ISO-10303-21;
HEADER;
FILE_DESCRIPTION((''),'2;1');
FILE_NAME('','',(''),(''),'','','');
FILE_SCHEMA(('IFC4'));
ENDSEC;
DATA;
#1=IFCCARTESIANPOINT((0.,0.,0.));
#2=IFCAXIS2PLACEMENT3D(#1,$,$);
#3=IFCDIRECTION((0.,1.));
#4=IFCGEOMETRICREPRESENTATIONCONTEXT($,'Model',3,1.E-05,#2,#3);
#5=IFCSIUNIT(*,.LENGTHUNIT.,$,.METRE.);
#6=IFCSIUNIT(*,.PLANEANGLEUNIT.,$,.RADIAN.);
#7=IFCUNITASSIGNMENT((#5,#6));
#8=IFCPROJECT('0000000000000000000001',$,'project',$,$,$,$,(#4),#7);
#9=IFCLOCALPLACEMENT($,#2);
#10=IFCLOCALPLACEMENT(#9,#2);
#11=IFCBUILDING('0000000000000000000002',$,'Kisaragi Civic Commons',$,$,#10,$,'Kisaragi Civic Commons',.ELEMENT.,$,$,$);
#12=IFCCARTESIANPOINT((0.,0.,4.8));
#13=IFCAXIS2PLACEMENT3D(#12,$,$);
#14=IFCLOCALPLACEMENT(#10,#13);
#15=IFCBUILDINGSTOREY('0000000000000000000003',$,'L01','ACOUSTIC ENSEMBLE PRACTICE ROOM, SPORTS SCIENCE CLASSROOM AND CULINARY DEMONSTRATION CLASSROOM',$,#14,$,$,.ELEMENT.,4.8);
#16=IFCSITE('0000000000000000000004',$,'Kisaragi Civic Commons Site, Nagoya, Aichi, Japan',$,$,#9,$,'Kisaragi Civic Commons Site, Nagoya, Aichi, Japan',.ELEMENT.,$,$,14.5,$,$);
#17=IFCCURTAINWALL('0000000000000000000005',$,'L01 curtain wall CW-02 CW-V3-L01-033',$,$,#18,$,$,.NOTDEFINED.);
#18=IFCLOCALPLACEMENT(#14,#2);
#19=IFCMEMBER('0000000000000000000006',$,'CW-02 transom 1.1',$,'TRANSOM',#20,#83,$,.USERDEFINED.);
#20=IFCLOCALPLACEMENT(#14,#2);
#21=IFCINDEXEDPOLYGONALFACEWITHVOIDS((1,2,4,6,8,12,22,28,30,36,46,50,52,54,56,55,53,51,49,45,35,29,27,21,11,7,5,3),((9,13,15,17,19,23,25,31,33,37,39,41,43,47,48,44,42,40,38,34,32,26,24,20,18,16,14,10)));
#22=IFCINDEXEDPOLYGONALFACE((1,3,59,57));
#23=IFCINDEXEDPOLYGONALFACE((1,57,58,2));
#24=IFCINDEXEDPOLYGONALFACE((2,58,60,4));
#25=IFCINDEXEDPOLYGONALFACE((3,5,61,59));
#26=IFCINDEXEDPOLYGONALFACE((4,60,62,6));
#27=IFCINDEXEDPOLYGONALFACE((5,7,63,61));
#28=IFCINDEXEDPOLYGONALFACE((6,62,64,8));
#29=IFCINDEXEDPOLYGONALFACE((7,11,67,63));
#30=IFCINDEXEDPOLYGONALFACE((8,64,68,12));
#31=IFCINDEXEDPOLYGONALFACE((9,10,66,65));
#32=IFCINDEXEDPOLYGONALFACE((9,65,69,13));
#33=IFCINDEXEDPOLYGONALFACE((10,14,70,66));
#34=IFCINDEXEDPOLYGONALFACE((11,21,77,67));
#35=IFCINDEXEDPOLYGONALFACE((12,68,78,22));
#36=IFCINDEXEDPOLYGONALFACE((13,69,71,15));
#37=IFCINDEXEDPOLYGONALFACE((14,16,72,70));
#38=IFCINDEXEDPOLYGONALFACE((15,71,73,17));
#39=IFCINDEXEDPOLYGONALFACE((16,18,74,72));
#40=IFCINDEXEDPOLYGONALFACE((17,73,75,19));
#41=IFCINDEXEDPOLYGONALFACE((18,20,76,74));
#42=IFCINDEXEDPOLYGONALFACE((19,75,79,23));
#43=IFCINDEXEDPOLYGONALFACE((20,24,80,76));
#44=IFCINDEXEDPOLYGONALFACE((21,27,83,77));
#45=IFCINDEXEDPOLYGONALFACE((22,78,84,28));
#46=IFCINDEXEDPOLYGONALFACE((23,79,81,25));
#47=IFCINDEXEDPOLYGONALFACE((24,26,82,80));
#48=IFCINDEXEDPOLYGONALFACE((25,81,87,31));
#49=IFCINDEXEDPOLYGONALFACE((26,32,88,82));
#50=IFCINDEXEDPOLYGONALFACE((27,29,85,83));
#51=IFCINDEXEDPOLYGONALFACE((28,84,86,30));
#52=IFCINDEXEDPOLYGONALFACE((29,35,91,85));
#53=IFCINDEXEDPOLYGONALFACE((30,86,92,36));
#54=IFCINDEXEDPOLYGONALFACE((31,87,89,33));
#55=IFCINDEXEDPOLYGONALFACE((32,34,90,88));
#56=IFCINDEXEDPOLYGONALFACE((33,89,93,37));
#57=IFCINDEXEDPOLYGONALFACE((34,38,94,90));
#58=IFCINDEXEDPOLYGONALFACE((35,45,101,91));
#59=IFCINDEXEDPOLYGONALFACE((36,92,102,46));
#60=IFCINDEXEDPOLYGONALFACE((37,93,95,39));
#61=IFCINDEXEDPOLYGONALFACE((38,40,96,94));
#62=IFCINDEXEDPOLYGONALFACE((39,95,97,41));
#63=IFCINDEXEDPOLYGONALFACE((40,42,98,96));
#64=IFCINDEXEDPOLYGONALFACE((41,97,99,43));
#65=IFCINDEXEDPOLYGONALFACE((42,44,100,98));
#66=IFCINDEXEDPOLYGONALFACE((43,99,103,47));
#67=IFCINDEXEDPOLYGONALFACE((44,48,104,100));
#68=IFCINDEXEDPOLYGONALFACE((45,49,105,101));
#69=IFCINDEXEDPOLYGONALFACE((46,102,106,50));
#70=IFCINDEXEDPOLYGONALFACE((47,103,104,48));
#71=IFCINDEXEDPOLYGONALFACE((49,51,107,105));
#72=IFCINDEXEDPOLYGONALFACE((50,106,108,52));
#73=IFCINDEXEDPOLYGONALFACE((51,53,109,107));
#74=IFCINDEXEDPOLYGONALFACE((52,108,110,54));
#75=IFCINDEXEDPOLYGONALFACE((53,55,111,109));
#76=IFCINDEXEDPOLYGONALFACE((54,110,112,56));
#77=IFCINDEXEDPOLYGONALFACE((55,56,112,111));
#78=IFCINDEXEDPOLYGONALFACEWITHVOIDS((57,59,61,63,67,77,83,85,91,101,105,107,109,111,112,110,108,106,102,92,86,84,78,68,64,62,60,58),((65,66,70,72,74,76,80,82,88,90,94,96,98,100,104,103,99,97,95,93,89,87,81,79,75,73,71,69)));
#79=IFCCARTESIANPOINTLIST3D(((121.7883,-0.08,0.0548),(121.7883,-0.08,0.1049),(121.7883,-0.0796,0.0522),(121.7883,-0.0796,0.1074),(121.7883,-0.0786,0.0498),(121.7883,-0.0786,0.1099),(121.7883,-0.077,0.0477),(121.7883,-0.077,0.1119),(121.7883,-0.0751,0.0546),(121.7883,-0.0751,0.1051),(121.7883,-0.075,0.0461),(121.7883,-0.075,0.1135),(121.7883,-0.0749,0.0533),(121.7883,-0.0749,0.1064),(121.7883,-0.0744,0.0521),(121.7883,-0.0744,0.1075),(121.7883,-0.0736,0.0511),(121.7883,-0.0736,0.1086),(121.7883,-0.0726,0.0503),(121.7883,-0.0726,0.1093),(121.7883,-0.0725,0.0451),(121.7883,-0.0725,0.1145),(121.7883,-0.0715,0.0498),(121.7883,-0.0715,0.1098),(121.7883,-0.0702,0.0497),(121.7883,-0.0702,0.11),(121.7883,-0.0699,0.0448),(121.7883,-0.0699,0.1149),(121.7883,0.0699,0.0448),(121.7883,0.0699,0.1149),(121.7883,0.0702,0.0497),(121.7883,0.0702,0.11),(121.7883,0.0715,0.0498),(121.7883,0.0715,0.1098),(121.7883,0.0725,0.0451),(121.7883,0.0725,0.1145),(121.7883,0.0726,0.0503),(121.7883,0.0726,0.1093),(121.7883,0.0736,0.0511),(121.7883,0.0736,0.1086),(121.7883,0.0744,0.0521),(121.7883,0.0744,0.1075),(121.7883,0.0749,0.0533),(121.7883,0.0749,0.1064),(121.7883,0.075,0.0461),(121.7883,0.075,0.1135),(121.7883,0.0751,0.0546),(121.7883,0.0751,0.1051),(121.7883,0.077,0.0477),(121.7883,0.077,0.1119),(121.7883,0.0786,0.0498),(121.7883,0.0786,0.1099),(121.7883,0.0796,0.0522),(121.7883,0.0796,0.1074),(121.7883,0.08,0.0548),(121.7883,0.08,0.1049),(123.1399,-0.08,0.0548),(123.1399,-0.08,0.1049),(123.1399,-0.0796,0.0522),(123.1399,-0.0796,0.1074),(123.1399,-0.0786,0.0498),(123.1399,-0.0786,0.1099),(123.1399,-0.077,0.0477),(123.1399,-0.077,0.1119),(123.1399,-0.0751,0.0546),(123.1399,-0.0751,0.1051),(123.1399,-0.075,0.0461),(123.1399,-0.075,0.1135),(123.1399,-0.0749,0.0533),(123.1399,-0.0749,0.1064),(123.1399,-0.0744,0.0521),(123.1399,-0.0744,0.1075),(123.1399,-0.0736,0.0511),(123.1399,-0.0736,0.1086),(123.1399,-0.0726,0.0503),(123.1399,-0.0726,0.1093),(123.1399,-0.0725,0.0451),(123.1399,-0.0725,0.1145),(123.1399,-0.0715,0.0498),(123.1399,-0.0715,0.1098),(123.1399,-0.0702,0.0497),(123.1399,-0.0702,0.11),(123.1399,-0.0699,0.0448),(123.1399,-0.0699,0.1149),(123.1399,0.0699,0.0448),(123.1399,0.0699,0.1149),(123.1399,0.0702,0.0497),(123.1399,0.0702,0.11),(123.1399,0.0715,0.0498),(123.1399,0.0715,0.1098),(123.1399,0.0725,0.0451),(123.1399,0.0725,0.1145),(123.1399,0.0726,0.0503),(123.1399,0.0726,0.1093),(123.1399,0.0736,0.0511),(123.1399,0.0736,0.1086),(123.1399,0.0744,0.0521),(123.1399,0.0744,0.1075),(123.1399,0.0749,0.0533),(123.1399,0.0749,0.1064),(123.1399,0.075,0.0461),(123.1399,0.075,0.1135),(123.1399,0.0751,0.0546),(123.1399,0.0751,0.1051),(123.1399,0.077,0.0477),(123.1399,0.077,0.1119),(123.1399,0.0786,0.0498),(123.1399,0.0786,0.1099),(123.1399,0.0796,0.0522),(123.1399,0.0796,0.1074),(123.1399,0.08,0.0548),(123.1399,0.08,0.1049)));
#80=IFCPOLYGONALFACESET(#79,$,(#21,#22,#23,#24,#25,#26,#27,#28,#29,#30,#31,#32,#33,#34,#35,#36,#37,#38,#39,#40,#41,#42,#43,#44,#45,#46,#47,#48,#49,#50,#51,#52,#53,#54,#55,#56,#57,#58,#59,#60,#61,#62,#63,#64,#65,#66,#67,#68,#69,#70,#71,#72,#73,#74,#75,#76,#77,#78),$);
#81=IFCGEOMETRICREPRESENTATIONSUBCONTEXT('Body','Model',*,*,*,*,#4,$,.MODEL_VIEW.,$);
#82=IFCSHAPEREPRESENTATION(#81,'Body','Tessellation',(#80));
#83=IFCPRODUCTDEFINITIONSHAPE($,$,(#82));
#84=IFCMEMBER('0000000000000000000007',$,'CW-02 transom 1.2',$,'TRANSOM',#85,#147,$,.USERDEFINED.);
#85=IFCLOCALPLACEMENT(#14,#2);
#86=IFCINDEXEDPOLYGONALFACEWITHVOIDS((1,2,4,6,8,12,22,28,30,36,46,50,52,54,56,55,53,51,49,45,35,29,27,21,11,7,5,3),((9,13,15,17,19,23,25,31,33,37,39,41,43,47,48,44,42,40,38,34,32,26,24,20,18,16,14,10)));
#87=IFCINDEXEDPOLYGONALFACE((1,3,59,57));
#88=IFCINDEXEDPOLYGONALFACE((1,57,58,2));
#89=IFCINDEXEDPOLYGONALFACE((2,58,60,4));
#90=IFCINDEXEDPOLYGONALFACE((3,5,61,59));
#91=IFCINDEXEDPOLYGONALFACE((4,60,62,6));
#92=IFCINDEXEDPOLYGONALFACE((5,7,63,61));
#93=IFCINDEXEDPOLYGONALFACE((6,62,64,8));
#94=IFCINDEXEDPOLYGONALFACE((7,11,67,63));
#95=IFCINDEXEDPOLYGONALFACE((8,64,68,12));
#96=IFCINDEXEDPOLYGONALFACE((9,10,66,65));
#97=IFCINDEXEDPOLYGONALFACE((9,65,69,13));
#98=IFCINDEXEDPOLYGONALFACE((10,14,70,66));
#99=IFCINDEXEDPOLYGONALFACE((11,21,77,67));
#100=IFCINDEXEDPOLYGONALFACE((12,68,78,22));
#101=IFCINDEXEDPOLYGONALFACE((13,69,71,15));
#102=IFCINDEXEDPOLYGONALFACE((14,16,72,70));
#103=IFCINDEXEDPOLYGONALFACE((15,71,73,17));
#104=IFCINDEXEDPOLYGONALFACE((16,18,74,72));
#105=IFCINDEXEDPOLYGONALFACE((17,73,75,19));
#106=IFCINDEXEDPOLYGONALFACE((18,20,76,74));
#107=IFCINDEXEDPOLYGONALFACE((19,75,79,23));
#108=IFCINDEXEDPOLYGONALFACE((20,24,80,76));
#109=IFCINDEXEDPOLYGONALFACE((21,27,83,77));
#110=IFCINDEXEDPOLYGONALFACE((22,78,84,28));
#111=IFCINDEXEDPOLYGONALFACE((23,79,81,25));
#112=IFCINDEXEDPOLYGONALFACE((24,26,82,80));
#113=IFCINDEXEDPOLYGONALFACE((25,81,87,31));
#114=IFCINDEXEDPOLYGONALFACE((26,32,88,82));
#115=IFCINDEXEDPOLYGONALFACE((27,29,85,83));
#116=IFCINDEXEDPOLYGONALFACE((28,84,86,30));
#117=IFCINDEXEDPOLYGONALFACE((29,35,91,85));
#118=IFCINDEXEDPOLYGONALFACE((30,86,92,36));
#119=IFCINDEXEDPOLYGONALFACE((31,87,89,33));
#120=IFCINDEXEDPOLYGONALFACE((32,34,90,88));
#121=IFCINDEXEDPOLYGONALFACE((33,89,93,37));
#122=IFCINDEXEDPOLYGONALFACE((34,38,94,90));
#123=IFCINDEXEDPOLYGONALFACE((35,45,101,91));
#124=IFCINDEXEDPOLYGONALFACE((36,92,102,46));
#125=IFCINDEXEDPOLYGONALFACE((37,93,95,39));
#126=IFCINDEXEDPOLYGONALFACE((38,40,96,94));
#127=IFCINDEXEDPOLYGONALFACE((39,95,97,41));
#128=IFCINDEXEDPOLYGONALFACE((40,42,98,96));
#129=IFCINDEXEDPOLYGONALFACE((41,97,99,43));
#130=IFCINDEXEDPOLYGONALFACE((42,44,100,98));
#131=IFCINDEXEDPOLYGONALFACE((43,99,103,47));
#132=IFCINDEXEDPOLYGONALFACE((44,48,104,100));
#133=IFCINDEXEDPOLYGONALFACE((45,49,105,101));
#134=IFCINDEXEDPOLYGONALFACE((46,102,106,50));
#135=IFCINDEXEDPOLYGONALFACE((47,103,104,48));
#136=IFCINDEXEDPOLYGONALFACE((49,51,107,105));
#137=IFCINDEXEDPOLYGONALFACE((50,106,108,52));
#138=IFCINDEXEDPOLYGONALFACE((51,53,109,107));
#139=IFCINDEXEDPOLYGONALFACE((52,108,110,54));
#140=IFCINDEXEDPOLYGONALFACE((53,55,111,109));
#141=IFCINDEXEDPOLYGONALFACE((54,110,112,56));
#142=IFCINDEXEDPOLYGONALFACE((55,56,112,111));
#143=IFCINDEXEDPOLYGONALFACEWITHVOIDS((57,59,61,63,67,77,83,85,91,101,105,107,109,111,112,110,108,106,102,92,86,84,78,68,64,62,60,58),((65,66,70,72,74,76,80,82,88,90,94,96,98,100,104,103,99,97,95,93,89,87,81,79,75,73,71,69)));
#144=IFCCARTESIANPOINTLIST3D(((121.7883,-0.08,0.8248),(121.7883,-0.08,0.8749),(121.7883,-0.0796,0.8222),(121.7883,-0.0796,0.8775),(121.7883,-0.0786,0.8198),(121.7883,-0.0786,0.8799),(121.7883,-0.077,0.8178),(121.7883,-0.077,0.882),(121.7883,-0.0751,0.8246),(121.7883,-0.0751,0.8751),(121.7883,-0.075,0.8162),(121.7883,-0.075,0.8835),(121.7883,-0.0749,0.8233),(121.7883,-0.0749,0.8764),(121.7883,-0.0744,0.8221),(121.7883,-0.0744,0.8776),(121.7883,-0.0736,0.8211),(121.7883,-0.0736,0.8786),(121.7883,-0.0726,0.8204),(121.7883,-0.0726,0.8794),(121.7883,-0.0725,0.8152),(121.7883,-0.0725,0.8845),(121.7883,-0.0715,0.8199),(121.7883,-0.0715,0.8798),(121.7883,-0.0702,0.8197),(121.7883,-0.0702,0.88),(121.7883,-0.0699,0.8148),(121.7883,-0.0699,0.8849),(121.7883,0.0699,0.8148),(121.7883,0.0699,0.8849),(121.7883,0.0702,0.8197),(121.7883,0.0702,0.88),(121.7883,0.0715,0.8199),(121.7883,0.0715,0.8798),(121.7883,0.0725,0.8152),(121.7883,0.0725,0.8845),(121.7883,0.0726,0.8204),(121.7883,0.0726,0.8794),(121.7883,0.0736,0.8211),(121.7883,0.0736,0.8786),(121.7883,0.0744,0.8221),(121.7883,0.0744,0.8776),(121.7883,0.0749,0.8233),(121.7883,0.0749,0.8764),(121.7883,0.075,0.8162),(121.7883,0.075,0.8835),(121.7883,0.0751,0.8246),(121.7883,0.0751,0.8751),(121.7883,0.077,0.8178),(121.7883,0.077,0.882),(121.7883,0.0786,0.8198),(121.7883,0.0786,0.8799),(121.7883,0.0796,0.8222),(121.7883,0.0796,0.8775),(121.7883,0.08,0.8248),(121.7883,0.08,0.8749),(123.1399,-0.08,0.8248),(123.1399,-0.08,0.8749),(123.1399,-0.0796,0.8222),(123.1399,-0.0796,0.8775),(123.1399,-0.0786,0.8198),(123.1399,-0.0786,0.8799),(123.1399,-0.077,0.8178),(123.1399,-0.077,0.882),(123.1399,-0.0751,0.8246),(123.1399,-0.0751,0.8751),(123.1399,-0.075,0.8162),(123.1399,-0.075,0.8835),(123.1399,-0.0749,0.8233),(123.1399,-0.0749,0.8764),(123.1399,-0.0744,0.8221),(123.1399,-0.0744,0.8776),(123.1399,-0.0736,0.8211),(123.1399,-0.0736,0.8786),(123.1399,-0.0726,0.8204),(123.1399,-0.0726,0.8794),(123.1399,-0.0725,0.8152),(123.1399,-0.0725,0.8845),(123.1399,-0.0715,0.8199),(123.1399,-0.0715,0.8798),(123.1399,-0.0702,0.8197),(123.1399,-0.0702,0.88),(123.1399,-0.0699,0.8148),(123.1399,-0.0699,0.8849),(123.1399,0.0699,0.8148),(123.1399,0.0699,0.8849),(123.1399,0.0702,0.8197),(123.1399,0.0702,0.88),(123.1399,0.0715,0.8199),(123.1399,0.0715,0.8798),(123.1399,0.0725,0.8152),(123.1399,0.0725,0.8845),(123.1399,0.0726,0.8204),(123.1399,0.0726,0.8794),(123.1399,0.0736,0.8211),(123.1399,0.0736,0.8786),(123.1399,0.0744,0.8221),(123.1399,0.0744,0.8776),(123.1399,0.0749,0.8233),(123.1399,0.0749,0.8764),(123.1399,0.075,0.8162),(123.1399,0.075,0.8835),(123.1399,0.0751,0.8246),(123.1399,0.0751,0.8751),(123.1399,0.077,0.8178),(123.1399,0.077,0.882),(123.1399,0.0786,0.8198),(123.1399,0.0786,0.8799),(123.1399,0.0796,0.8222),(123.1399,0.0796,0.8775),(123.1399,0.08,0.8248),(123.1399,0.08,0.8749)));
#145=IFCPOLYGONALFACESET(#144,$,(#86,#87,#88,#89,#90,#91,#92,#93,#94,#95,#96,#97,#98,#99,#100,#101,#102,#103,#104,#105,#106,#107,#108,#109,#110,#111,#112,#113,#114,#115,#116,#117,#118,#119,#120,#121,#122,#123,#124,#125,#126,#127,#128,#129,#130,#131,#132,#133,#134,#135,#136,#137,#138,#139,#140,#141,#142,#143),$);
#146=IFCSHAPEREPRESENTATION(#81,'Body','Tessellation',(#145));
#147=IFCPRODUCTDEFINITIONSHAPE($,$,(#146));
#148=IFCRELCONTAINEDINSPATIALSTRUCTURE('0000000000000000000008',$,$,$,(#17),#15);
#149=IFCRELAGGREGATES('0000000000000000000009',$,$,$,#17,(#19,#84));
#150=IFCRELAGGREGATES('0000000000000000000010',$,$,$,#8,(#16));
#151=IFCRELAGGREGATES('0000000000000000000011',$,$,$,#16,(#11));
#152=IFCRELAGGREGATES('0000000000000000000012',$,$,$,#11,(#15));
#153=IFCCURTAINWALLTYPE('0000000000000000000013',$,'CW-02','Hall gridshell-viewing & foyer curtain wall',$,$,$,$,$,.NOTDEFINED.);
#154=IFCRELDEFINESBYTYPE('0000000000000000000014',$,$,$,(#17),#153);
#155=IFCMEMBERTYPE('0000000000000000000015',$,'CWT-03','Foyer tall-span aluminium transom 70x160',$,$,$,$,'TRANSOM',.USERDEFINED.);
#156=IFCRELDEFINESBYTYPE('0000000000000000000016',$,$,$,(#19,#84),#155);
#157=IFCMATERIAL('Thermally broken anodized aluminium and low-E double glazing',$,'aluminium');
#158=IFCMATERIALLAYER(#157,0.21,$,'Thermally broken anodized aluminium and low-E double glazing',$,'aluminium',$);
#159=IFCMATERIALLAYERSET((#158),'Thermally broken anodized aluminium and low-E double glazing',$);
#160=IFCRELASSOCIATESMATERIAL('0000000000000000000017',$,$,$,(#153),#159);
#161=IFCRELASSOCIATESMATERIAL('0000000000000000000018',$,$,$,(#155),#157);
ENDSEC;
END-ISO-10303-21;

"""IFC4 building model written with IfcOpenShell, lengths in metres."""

from ifc_helpers import new_model, si_unit, direction, frame, origin, origin_2d, place, context, subcontext, project, spatial, hollow_rectangle, extrude, material, layer, layer_set, material_profile, profile_set, type_object, element, aggregate, save


model = new_model("IFC4")

# Units and contexts
model_context = context("Model", 3, precision=1e-05, world=origin(), true_north=direction((0.0, 1.0)))
body_context = subcontext(model_context, "Body", "Model", "MODEL_VIEW")
ifc_project = project(units=[si_unit("LENGTHUNIT", "METRE"), si_unit("PLANEANGLEUNIT", "RADIAN")], contexts=[model_context])

# Site, building, storey
site_placement = place(None, origin())
site = spatial("IfcSite", under=ifc_project, at=site_placement, Name="Kisaragi Civic Commons Site, Nagoya, Aichi, Japan", LongName="Kisaragi Civic Commons Site, Nagoya, Aichi, Japan", CompositionType="ELEMENT", RefElevation=14.5)
building_placement = place(site_placement, origin())
building = spatial("IfcBuilding", under=site, at=building_placement, Name="Kisaragi Civic Commons", LongName="Kisaragi Civic Commons", CompositionType="ELEMENT")
storey_placement = place(building_placement, frame((0.0, 0.0, 4.8)))
storey = spatial("IfcBuildingStorey", under=building, at=storey_placement, Name="L01", Description="ACOUSTIC ENSEMBLE PRACTICE ROOM, SPORTS SCIENCE CLASSROOM AND CULINARY DEMONSTRATION CLASSROOM", CompositionType="ELEMENT", Elevation=4.8)

# Shared definitions
ifc_material_1 = material(Name="Thermally broken anodized aluminium and low-E double glazing", Category="aluminium")
ifc_layer_1 = layer(ifc_material_1, 0.21, Name="Thermally broken anodized aluminium and low-E double glazing", Category="aluminium")
ifc_layer_set_1 = layer_set([ifc_layer_1], Name="Thermally broken anodized aluminium and low-E double glazing")
curtain_wall_type = type_object("IfcCurtainWallType", Name="CW-02", Description="Hall gridshell-viewing & foyer curtain wall", PredefinedType="NOTDEFINED", material=ifc_layer_set_1)

# Curtain wall, members
curtain_wall_1_placement = place(storey_placement, origin())
curtain_wall_1 = element("IfcCurtainWall", 1, at=curtain_wall_1_placement, inside=storey, type_object=curtain_wall_type, Name="L01 curtain wall CW-02 CW-V3-L01-033", PredefinedType="NOTDEFINED")
ifc_material_profile_1 = material_profile(ifc_material_1, hollow_rectangle(XDim=0.1599, YDim=0.0701, WallThickness=0.0049, InnerFilletRadius=0.0049, OuterFilletRadius=0.01, at=origin_2d()), Name="CWT-70x160x5", Category="aluminium")
ifc_profile_set_1 = profile_set([ifc_material_profile_1], Name="Thermally broken anodized aluminium and low-E double glazing")
member_type_1 = type_object("IfcMemberType", Name="CWT-03", Description="Foyer tall-span aluminium transom 70x160", ElementType="TRANSOM", PredefinedType="USERDEFINED", material=ifc_profile_set_1)
member_1_placement = place(storey_placement, frame((123.1399, 0.0, 0.0798), z_axis=(-1.0, 0.0, 0.0), x_axis=(0.0, -1.0, 0.0)))
member_1 = element("IfcMember", 2, at=member_1_placement, type_object=member_type_1, Name="CW-02 transom 1.1", ObjectType="TRANSOM", PredefinedType="USERDEFINED", context=body_context, shape_type="SweptSolid", body=[
    extrude(hollow_rectangle(XDim=0.1599, YDim=0.0701, WallThickness=0.0049, InnerFilletRadius=0.0049, OuterFilletRadius=0.01, at=origin_2d()), origin(), (0.0, 0.0, 1.0), 1.3516),
])
member_2_placement = place(storey_placement, frame((123.1399, 0.0, 0.8499), z_axis=(-1.0, 0.0, 0.0), x_axis=(0.0, -1.0, 0.0)))
member_2 = element("IfcMember", 3, at=member_2_placement, type_object=member_type_1, Name="CW-02 transom 1.2", ObjectType="TRANSOM", PredefinedType="USERDEFINED", context=body_context, shape_type="SweptSolid", body=[
    extrude(hollow_rectangle(XDim=0.1599, YDim=0.0701, WallThickness=0.0049, InnerFilletRadius=0.0049, OuterFilletRadius=0.01, at=origin_2d()), origin(), (0.0, 0.0, 1.0), 1.3516),
])

aggregate(curtain_wall_1, [member_1, member_2])

save(model, "model.ifc")
